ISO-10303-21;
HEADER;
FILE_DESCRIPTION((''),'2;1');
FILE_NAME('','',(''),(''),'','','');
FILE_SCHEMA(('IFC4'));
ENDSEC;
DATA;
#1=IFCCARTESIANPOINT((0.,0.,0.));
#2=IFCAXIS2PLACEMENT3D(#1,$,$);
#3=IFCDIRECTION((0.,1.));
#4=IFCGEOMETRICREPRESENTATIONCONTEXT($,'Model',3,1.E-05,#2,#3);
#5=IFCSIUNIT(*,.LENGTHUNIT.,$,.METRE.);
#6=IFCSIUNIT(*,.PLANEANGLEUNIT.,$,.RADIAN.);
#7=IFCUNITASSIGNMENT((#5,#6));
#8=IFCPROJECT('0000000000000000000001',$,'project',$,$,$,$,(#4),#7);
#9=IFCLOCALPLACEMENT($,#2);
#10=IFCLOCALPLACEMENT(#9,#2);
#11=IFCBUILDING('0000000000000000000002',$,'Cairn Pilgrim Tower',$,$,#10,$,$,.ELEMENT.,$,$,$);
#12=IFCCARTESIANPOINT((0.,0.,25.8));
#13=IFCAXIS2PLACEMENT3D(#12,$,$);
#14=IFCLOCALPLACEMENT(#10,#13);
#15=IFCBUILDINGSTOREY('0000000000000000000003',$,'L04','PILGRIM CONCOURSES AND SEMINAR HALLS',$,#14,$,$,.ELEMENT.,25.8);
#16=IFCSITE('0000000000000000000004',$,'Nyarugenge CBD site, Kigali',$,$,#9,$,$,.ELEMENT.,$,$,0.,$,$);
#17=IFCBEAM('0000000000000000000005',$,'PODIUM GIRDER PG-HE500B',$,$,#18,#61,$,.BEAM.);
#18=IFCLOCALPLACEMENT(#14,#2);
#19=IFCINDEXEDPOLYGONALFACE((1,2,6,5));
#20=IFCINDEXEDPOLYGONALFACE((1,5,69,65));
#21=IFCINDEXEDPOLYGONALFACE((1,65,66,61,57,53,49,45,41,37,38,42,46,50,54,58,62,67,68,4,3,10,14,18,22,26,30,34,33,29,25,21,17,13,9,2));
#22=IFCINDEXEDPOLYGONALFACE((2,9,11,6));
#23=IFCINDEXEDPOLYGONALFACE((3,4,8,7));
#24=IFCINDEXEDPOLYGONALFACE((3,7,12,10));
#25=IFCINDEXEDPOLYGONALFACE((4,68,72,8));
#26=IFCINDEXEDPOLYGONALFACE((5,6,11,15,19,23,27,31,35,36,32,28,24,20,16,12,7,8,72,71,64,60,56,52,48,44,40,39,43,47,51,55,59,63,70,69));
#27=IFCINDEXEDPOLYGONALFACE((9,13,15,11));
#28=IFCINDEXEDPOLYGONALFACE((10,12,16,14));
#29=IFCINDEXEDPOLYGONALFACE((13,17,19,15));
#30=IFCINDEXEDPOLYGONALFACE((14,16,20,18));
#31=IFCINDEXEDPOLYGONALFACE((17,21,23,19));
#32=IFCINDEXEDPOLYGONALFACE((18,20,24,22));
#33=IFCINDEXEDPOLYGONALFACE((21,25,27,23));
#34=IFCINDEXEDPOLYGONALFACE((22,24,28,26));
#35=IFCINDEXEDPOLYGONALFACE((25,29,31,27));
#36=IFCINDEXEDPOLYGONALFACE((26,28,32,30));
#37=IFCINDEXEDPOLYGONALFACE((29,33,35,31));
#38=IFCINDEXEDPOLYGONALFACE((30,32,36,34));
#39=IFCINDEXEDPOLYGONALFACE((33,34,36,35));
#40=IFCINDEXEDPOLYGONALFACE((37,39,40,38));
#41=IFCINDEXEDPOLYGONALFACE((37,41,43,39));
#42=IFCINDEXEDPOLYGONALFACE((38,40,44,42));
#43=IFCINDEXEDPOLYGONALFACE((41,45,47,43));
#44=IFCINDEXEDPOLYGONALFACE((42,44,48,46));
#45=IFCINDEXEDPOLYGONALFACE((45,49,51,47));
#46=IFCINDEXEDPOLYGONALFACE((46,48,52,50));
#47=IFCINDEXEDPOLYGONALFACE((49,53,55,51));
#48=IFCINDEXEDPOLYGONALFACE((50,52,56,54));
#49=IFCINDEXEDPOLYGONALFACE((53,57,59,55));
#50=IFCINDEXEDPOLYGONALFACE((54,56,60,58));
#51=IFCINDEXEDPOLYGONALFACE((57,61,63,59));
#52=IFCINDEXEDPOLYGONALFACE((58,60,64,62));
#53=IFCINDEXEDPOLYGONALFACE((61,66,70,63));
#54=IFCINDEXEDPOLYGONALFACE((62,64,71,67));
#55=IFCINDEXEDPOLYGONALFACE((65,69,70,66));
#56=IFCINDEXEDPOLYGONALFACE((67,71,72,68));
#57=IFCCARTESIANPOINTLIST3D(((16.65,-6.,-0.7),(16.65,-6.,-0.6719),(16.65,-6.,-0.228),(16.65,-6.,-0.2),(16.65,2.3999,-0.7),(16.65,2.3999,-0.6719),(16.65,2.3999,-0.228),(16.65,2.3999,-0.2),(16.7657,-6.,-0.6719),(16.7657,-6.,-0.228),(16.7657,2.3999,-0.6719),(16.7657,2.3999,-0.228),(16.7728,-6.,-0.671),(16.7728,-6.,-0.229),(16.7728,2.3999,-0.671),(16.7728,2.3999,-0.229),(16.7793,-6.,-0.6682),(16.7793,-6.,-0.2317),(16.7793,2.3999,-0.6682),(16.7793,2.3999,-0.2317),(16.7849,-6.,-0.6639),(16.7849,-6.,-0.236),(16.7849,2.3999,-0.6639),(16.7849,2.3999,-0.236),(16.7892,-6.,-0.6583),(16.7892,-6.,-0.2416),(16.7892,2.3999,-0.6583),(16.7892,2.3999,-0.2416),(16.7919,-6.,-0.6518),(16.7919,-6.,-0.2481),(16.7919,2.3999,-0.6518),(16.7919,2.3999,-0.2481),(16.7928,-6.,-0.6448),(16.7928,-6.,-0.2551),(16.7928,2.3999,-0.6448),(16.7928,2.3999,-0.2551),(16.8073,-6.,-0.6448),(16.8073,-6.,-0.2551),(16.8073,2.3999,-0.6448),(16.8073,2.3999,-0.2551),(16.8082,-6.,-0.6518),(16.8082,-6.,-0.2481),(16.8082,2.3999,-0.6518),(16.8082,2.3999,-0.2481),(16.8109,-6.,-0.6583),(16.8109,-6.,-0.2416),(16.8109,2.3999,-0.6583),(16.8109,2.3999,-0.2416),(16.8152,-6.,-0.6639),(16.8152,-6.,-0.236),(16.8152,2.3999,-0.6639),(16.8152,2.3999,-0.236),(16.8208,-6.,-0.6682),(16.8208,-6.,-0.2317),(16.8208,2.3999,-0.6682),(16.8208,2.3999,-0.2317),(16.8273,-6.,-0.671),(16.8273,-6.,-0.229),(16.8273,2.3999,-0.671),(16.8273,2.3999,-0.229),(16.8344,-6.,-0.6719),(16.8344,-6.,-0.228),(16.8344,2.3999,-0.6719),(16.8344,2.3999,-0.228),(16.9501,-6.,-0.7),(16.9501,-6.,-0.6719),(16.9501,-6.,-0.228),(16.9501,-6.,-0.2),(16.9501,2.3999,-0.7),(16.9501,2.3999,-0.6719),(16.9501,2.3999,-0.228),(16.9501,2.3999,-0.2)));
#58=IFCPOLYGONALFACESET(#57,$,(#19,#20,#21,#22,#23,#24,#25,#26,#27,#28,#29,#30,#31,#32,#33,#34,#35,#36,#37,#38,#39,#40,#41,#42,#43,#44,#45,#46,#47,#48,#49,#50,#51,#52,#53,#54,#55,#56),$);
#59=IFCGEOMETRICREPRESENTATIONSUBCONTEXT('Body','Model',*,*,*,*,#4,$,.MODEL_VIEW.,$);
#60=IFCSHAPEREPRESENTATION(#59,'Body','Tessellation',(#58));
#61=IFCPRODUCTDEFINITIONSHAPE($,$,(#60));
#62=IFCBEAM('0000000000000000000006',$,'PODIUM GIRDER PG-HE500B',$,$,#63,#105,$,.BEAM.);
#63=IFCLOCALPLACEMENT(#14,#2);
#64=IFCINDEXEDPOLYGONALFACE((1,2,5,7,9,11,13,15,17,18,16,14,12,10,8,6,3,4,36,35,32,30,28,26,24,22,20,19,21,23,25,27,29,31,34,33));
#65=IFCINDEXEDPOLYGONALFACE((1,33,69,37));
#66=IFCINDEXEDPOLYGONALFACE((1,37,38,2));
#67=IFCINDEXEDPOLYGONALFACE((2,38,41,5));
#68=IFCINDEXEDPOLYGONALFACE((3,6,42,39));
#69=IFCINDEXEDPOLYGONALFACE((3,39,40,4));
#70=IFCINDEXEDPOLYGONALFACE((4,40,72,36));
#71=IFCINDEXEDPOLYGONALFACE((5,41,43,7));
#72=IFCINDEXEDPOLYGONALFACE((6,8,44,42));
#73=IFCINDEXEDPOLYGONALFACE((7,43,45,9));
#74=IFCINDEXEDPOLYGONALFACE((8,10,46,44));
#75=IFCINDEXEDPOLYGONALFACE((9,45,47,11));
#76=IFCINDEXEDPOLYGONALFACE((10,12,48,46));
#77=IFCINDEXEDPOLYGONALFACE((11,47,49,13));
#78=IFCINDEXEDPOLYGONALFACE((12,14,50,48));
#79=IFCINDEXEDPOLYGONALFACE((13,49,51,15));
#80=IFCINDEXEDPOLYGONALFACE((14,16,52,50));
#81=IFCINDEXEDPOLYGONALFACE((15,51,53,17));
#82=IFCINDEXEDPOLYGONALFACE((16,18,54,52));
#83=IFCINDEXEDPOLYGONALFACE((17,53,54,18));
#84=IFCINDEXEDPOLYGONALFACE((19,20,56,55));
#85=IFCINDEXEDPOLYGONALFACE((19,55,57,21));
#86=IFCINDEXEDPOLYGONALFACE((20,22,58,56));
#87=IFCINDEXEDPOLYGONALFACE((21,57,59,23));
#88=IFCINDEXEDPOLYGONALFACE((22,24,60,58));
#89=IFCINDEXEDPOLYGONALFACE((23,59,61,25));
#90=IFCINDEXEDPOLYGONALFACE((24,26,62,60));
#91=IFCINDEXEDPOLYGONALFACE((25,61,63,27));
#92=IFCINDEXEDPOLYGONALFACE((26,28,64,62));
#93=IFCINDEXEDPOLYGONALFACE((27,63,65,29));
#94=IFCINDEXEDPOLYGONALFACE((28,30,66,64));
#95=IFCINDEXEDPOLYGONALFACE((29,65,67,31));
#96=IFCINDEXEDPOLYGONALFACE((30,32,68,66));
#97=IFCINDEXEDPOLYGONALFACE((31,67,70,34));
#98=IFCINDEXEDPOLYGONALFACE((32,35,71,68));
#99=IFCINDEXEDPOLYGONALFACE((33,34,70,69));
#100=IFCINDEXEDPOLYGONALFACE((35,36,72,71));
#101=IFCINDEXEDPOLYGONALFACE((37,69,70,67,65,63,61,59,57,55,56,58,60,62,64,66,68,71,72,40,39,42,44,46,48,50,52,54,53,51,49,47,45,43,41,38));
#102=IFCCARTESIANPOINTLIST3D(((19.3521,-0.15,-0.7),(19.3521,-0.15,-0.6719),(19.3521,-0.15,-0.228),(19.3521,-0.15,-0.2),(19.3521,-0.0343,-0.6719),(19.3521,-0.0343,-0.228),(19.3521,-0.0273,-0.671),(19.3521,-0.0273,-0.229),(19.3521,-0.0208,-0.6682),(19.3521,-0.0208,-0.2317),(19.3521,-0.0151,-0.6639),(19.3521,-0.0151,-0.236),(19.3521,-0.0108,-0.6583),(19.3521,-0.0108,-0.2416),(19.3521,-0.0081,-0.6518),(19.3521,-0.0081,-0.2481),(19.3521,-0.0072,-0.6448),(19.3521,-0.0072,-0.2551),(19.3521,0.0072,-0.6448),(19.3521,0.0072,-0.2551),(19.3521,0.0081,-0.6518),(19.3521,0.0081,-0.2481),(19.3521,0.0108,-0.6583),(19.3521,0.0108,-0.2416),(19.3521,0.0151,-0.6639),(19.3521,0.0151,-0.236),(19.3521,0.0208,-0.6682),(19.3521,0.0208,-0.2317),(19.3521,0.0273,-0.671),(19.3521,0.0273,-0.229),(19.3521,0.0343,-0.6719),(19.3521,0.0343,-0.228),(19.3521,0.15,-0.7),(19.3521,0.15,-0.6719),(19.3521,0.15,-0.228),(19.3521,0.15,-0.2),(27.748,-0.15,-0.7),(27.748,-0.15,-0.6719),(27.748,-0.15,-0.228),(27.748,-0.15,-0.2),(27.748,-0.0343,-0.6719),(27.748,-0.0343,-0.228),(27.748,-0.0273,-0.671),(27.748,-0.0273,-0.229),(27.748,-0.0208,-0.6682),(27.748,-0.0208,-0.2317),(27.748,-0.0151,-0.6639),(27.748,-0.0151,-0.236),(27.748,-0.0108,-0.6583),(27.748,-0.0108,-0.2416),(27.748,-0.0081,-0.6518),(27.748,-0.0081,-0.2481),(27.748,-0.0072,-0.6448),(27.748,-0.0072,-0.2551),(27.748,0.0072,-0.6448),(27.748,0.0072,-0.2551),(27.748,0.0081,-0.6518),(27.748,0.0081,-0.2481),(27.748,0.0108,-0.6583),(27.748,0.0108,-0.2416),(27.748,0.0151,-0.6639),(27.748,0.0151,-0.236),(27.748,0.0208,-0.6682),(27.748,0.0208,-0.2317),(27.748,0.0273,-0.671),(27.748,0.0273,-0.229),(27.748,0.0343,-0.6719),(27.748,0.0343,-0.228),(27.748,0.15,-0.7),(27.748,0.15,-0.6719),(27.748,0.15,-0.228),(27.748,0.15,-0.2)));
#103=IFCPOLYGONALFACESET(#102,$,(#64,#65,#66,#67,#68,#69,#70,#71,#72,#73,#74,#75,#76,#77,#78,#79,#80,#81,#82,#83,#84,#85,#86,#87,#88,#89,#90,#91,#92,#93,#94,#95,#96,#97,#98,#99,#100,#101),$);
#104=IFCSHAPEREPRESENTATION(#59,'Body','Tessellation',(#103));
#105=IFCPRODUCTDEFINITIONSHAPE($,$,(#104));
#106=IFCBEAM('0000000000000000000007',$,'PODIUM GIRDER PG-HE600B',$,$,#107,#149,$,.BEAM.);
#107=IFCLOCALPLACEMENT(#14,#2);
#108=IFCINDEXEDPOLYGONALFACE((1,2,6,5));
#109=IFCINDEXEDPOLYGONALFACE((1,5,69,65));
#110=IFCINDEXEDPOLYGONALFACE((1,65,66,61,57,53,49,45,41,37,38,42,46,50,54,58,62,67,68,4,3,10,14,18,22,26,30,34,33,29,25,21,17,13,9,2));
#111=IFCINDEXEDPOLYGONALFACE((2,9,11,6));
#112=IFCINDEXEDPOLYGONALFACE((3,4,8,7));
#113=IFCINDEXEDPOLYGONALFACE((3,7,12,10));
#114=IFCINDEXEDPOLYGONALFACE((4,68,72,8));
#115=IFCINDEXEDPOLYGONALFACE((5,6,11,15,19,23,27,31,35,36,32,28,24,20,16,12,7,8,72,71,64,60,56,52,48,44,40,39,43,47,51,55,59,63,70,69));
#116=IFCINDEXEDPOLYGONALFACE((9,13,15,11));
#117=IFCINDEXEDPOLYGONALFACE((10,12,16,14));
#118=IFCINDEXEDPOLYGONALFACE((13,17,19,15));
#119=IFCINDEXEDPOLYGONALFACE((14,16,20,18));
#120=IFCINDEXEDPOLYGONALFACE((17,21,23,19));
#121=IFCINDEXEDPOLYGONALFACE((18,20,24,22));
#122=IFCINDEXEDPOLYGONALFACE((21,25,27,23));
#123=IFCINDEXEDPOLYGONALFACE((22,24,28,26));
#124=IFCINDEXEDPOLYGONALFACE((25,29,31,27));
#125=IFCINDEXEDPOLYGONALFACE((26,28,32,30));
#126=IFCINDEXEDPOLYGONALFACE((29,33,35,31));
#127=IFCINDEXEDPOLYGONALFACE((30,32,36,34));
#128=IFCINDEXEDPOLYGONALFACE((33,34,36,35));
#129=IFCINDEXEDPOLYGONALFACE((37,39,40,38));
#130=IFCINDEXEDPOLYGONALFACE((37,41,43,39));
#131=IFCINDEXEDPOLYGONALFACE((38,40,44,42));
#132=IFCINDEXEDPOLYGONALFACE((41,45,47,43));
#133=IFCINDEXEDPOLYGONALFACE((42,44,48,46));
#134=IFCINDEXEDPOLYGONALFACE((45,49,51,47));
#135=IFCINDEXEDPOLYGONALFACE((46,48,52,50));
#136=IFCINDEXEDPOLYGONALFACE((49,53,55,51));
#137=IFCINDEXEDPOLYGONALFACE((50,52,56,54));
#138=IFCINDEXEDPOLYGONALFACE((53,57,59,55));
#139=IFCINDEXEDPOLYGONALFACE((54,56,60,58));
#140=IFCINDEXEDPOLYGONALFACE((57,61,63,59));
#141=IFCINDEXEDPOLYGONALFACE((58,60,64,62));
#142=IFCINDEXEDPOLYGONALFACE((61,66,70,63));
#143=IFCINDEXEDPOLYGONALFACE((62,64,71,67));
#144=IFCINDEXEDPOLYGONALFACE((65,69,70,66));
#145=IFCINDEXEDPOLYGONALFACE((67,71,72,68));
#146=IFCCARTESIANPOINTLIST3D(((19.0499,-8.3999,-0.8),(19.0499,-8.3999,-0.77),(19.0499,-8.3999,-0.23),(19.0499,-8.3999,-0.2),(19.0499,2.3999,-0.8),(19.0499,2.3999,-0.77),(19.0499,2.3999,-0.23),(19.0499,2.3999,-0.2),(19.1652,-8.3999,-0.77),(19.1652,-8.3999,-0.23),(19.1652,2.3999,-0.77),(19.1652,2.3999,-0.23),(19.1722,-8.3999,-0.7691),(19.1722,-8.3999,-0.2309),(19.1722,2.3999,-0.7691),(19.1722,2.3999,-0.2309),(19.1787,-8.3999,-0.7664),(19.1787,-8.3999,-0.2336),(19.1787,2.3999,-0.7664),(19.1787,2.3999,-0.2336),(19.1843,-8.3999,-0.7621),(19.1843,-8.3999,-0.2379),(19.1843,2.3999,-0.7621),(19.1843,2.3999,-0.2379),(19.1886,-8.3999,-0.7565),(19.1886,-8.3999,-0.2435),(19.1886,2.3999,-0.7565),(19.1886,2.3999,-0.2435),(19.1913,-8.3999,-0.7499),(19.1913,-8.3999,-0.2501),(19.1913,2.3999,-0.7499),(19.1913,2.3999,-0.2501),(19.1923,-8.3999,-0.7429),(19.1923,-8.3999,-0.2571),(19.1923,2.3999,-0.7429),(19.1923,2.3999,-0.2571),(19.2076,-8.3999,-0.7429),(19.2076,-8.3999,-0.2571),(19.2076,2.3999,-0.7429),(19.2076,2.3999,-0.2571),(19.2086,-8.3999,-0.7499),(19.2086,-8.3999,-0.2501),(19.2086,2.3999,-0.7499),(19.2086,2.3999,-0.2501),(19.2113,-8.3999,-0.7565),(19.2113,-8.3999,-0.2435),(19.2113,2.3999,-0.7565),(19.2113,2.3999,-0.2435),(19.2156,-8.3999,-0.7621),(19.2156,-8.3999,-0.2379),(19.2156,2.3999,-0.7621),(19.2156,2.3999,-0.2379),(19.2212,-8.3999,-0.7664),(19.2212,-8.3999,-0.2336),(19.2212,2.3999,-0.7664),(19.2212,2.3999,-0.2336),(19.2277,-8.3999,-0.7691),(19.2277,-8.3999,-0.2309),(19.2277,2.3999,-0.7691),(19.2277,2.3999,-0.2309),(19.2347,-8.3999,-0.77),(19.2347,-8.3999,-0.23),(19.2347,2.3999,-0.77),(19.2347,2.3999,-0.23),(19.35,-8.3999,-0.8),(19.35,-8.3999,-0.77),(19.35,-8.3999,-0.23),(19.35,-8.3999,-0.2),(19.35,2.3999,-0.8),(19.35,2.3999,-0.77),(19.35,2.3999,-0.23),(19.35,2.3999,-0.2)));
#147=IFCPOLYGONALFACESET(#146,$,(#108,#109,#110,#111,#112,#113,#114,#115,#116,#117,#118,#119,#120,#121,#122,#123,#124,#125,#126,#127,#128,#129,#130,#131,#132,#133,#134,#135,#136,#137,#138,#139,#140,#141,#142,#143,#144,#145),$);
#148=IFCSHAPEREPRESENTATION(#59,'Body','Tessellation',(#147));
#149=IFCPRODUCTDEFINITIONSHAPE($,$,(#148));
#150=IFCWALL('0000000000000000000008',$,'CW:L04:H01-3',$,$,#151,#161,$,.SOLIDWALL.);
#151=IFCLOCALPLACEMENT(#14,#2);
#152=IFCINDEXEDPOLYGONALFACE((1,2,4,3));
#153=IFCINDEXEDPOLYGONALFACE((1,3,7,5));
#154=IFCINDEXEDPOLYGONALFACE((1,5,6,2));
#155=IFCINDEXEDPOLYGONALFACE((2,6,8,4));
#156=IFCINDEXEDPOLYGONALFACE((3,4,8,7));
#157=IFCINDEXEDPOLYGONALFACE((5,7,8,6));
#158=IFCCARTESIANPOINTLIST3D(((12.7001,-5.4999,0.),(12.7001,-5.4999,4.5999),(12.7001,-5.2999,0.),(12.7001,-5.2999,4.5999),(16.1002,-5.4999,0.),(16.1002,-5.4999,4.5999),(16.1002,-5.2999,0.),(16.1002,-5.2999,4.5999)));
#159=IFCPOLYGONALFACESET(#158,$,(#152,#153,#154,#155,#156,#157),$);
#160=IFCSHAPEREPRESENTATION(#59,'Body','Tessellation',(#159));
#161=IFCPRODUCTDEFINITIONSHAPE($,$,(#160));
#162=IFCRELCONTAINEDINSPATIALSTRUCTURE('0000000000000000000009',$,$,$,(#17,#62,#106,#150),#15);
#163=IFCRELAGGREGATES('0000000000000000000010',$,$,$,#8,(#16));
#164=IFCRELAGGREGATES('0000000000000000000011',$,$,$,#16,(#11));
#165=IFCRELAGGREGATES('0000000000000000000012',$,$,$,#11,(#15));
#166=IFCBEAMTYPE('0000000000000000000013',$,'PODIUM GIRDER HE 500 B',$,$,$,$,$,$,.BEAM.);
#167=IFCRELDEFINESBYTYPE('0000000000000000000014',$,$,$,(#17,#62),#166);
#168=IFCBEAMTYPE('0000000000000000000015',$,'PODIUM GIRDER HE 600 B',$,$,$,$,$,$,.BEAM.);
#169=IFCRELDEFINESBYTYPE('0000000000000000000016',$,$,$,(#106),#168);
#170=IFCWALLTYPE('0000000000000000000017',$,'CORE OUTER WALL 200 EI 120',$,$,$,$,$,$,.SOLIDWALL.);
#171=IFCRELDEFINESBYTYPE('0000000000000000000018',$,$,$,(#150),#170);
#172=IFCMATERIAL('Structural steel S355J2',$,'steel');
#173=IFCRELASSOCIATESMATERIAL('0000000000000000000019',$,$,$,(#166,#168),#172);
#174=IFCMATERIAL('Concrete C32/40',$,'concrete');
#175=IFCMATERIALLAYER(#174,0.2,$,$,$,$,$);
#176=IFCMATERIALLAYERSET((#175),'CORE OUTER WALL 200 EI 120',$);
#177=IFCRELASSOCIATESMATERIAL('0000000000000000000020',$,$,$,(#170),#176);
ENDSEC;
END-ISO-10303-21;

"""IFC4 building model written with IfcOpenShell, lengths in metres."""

from ifc_helpers import new_model, si_unit, direction, frame, frame_2d, origin, origin_2d, place, context, subcontext, project, spatial, rectangle, i_section, extrude, material, layer, layer_set, material_profile, profile_set, type_object, element, save


model = new_model("IFC4")

# Units and contexts
model_context = context("Model", 3, precision=1e-05, world=origin(), true_north=direction((0.0, 1.0)))
body_context = subcontext(model_context, "Body", "Model", "MODEL_VIEW")
ifc_project = project(units=[si_unit("LENGTHUNIT", "METRE"), si_unit("PLANEANGLEUNIT", "RADIAN")], contexts=[model_context])

# Site, building, storey
site_placement = place(None, origin())
site = spatial("IfcSite", under=ifc_project, at=site_placement, Name="Nyarugenge CBD site, Kigali", CompositionType="ELEMENT", RefElevation=0.0)
building_placement = place(site_placement, origin())
building = spatial("IfcBuilding", under=site, at=building_placement, Name="Cairn Pilgrim Tower", CompositionType="ELEMENT")
storey_placement = place(building_placement, frame((0.0, 0.0, 25.8)))
storey = spatial("IfcBuildingStorey", under=building, at=storey_placement, Name="L04", Description="PILGRIM CONCOURSES AND SEMINAR HALLS", CompositionType="ELEMENT", Elevation=25.8)

# Beams
ifc_material_1 = material(Name="Structural steel S355J2", Category="steel")
ifc_material_profile_1 = material_profile(ifc_material_1, i_section(OverallWidth=0.3, OverallDepth=0.5, WebThickness=0.0144, FlangeThickness=0.0281, FilletRadius=0.0271, at=origin_2d()), Name="HEB 500")
ifc_profile_set_1 = profile_set([ifc_material_profile_1], Name="Structural steel S355J2")
beam_type_1 = type_object("IfcBeamType", Name="PODIUM GIRDER HE 500 B", PredefinedType="BEAM", material=ifc_profile_set_1)
beam_1_placement = place(storey_placement, frame((16.8, -6.0, -0.45), z_axis=(0.0, 1.0, 0.0), x_axis=(-1.0, 0.0, 0.0)))
element("IfcBeam", 1, at=beam_1_placement, inside=storey, type_object=beam_type_1, Name="PODIUM GIRDER PG-HE500B", PredefinedType="BEAM", context=body_context, shape_type="SweptSolid", body=[
    extrude(i_section(OverallWidth=0.3, OverallDepth=0.5, WebThickness=0.0144, FlangeThickness=0.0281, FilletRadius=0.0271, at=origin_2d()), origin(), (0.0, 0.0, 1.0), 8.3999),
])
beam_2_placement = place(storey_placement, frame((19.3521, 0.0, -0.45), z_axis=(1.0, 0.0, 0.0), x_axis=(0.0, 1.0, 0.0)))
element("IfcBeam", 2, at=beam_2_placement, inside=storey, type_object=beam_type_1, Name="PODIUM GIRDER PG-HE500B", PredefinedType="BEAM", context=body_context, shape_type="SweptSolid", body=[
    extrude(i_section(OverallWidth=0.3, OverallDepth=0.5, WebThickness=0.0144, FlangeThickness=0.0281, FilletRadius=0.0271, at=origin_2d()), origin(), (0.0, 0.0, 1.0), 8.396),
])
ifc_material_profile_2 = material_profile(ifc_material_1, i_section(OverallWidth=0.3, OverallDepth=0.6001, WebThickness=0.0154, FlangeThickness=0.03, FilletRadius=0.0271, at=origin_2d()), Name="HEB 600")
ifc_profile_set_2 = profile_set([ifc_material_profile_2], Name="Structural steel S355J2")
beam_type_2 = type_object("IfcBeamType", Name="PODIUM GIRDER HE 600 B", PredefinedType="BEAM", material=ifc_profile_set_2)
beam_3_placement = place(storey_placement, frame((19.2, -8.3999, -0.5), z_axis=(0.0, 1.0, 0.0), x_axis=(-1.0, 0.0, 0.0)))
element("IfcBeam", 3, at=beam_3_placement, inside=storey, type_object=beam_type_2, Name="PODIUM GIRDER PG-HE600B", PredefinedType="BEAM", context=body_context, shape_type="SweptSolid", body=[
    extrude(i_section(OverallWidth=0.3, OverallDepth=0.6001, WebThickness=0.0154, FlangeThickness=0.03, FilletRadius=0.0271, at=origin_2d()), origin(), (0.0, 0.0, 1.0), 10.7998),
])

# Wall
ifc_material_2 = material(Name="Concrete C32/40", Category="concrete")
ifc_layer_1 = layer(ifc_material_2, 0.2)
ifc_layer_set_1 = layer_set([ifc_layer_1], Name="CORE OUTER WALL 200 EI 120")
wall_type_1 = type_object("IfcWallType", Name="CORE OUTER WALL 200 EI 120", PredefinedType="SOLIDWALL", material=ifc_layer_set_1)
wall_1_placement = place(storey_placement, frame((12.7, -5.3999, 0.0), z_axis=(0.0, 0.0, 1.0), x_axis=(1.0, 0.0, 0.0)))
element("IfcWall", 4, at=wall_1_placement, inside=storey, type_object=wall_type_1, Name="CW:L04:H01-3", PredefinedType="SOLIDWALL", context=body_context, shape_type="SweptSolid", body=[
    extrude(rectangle(XDim=3.4001, YDim=0.2, at=frame_2d((1.7002, 0.0))), origin(), (0.0, 0.0, 1.0), 4.5999),
])

save(model, "model.ifc")
